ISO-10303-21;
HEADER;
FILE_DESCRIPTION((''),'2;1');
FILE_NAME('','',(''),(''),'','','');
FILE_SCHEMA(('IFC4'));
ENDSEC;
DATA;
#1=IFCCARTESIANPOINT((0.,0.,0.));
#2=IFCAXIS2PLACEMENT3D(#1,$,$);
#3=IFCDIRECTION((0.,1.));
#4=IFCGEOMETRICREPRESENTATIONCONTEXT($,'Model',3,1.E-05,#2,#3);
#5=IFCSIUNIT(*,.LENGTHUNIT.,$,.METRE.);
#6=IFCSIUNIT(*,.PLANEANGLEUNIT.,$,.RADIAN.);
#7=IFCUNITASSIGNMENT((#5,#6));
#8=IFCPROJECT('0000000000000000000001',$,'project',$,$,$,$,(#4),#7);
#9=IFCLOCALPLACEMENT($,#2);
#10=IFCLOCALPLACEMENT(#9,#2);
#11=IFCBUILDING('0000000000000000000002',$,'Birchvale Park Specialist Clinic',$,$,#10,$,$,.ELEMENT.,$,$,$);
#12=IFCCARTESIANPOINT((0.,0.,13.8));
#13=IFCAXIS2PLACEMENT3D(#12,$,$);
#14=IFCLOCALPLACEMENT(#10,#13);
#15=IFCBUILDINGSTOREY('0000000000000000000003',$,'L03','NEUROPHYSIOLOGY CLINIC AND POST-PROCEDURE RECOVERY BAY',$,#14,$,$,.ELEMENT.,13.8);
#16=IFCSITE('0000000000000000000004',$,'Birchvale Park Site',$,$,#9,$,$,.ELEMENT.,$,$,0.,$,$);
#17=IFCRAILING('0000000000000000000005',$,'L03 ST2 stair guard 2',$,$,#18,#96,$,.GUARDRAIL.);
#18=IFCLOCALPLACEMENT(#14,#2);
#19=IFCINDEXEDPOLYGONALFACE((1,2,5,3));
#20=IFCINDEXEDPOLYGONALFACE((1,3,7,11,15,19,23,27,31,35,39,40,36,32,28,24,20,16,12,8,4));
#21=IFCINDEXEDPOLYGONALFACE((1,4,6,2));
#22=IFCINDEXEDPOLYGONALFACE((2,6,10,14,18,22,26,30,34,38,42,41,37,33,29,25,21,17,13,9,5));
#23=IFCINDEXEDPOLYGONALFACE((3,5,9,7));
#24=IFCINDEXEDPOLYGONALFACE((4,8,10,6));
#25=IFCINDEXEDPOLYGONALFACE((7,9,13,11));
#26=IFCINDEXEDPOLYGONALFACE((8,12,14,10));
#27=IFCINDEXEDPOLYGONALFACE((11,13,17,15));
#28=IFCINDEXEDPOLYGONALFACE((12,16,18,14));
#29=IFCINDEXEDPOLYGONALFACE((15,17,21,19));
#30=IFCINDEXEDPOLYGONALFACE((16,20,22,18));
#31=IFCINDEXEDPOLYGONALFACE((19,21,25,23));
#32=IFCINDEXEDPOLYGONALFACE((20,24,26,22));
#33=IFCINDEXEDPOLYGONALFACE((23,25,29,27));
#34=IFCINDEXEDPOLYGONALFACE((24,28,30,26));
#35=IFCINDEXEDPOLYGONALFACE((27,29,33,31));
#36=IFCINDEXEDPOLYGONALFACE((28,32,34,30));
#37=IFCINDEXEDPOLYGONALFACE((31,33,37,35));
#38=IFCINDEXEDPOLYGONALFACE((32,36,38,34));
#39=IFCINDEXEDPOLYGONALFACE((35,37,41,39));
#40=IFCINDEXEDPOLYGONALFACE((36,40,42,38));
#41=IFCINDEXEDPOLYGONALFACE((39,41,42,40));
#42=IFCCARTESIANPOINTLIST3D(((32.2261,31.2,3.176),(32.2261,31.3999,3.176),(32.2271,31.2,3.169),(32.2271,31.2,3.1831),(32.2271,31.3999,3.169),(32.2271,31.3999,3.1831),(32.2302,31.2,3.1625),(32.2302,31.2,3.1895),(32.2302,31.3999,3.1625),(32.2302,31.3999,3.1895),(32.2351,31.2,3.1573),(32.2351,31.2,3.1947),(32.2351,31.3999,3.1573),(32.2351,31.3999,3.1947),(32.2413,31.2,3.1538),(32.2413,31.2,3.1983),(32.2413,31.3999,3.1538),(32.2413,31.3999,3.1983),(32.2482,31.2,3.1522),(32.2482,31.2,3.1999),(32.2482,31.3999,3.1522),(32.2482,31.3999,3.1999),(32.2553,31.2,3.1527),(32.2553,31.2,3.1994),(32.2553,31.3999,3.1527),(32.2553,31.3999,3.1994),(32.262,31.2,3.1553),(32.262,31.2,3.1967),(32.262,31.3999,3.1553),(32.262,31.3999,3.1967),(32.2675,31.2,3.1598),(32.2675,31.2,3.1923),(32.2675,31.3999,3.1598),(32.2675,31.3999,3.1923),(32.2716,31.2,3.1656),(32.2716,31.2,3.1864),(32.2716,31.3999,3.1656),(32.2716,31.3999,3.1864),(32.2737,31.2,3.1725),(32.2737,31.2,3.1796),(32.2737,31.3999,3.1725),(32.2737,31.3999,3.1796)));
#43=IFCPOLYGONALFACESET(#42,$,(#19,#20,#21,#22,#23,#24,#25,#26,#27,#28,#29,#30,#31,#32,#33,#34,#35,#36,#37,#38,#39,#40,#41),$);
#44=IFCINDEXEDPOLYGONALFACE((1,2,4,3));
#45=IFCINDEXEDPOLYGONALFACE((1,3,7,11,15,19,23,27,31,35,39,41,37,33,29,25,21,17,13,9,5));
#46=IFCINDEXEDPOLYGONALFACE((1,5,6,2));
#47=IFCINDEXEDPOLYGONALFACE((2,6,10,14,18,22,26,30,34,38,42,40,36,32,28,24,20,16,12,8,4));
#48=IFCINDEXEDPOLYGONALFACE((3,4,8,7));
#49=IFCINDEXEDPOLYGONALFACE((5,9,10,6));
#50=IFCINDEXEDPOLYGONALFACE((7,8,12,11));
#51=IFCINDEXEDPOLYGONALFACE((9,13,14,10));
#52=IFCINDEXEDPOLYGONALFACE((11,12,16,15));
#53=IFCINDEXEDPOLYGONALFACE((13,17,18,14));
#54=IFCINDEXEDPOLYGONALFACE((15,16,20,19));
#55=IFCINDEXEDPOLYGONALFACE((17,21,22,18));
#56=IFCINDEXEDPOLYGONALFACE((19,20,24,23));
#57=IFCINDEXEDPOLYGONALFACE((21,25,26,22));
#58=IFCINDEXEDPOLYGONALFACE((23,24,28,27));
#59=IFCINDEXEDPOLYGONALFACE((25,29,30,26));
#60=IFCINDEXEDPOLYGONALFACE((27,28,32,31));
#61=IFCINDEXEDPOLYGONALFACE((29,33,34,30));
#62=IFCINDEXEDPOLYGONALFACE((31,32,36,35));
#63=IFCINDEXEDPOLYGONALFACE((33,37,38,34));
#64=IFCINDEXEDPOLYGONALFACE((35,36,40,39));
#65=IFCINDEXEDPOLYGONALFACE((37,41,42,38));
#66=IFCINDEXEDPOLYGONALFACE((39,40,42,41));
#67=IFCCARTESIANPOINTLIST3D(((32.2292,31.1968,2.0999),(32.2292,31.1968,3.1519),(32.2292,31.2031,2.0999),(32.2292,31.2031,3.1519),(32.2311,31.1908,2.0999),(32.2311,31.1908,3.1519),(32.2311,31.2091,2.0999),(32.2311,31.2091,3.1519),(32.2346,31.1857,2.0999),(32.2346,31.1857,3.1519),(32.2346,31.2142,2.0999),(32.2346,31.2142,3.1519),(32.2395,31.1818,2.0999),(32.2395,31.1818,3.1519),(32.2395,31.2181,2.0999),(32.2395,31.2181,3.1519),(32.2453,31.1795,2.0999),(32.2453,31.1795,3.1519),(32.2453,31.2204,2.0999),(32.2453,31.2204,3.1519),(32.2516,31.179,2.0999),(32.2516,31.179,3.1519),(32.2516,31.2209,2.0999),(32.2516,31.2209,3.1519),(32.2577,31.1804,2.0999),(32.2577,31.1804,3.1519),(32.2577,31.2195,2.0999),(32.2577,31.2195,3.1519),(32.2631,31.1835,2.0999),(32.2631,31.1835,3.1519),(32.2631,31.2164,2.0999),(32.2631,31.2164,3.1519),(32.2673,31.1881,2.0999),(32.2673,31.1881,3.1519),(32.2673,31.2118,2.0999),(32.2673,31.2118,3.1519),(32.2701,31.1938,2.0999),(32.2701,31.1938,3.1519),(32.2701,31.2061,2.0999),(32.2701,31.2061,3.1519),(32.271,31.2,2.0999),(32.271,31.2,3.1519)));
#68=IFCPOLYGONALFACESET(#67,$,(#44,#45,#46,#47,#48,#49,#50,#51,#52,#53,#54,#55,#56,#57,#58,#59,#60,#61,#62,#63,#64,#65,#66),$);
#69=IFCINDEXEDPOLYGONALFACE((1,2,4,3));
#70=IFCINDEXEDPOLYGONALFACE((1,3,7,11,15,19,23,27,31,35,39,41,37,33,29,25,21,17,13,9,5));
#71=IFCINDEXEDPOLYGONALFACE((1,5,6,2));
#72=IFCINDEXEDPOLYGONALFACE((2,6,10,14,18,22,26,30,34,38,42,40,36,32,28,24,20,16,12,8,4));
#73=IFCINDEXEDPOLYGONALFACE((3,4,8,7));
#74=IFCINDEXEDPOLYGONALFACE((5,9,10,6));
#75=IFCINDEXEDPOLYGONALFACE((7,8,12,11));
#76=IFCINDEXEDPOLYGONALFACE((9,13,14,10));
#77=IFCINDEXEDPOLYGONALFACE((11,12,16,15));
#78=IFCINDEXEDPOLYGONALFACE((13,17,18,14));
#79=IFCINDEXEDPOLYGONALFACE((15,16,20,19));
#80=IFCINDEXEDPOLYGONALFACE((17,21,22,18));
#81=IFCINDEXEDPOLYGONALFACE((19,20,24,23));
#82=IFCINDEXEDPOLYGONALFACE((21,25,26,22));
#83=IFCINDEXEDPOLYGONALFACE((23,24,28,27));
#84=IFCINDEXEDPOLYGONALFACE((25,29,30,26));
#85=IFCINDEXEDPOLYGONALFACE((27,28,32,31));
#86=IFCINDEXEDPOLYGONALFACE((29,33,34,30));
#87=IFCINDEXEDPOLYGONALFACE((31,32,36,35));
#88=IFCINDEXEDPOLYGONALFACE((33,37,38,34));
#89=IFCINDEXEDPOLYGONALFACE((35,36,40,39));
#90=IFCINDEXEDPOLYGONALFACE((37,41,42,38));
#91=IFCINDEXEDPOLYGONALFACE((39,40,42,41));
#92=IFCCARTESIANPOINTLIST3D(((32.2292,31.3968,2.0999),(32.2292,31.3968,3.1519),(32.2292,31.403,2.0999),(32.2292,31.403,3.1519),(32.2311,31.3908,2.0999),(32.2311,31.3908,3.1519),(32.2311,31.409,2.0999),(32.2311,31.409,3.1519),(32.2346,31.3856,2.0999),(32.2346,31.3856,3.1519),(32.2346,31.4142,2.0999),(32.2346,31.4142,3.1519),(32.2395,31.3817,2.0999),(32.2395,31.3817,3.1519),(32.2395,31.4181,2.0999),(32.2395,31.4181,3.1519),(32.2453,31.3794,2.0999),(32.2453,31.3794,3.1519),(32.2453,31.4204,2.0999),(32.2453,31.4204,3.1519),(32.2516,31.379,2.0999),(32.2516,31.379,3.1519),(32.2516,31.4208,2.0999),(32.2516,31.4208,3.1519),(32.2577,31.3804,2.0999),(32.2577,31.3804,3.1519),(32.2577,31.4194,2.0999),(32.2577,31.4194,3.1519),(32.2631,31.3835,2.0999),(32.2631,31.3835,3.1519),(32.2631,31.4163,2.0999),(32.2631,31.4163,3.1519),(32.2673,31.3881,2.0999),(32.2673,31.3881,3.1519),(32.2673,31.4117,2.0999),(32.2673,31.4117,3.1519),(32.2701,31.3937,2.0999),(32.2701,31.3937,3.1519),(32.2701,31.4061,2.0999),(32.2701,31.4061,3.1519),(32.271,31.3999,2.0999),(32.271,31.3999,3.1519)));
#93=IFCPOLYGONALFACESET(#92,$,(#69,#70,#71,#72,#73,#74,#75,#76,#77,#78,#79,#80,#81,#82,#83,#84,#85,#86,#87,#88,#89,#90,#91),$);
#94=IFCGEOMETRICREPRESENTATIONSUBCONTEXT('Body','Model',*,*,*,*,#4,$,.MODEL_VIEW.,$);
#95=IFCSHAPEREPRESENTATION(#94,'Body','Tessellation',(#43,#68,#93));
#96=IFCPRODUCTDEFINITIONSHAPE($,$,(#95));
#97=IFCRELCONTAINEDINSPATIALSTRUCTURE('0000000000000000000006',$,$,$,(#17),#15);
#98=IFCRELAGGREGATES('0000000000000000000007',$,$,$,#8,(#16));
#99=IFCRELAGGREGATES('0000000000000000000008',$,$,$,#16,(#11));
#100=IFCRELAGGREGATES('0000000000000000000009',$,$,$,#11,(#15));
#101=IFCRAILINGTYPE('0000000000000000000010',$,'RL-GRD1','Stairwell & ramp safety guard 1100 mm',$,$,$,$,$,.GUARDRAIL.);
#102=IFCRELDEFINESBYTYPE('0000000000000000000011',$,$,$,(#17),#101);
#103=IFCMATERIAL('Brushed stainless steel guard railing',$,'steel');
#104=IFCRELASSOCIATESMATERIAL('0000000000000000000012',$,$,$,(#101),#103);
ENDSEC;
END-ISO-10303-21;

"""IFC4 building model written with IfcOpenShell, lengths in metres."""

from ifc_helpers import new_model, si_unit, direction, frame, origin, origin_2d, place, context, subcontext, project, spatial, circle, extrude, material, type_object, element, save


model = new_model("IFC4")

# Units and contexts
model_context = context("Model", 3, precision=1e-05, world=origin(), true_north=direction((0.0, 1.0)))
body_context = subcontext(model_context, "Body", "Model", "MODEL_VIEW")
ifc_project = project(units=[si_unit("LENGTHUNIT", "METRE"), si_unit("PLANEANGLEUNIT", "RADIAN")], contexts=[model_context])

# Site, building, storey
site_placement = place(None, origin())
site = spatial("IfcSite", under=ifc_project, at=site_placement, Name="Birchvale Park Site", CompositionType="ELEMENT", RefElevation=0.0)
building_placement = place(site_placement, origin())
building = spatial("IfcBuilding", under=site, at=building_placement, Name="Birchvale Park Specialist Clinic", CompositionType="ELEMENT")
storey_placement = place(building_placement, frame((0.0, 0.0, 13.8)))
storey = spatial("IfcBuildingStorey", under=building, at=storey_placement, Name="L03", Description="NEUROPHYSIOLOGY CLINIC AND POST-PROCEDURE RECOVERY BAY", CompositionType="ELEMENT", Elevation=13.8)

# Railing
ifc_material_1 = material(Name="Brushed stainless steel guard railing", Category="steel")
railing_type_1 = type_object("IfcRailingType", Name="RL-GRD1", Description="Stairwell & ramp safety guard 1100 mm", PredefinedType="GUARDRAIL", material=ifc_material_1)
railing_1_placement = place(storey_placement, frame((32.25, 31.2, 2.0999)))
element("IfcRailing", 1, at=railing_1_placement, inside=storey, type_object=railing_type_1, Name="L03 ST2 stair guard 2", PredefinedType="GUARDRAIL", context=body_context, shape_type="SweptSolid", body=[
    extrude(circle(Radius=0.0239, at=origin_2d()), frame((0.0, 0.0, 1.0762), z_axis=(0.0, 1.0, 0.0), x_axis=(-1.0, 0.0, 0.0)), (0.0, 0.0, 1.0), 0.2),
    extrude(circle(Radius=0.021, at=origin_2d()), origin(), (0.0, 0.0, 1.0), 1.052),
    extrude(circle(Radius=0.021, at=origin_2d()), frame((0.0, 0.2, 0.0)), (0.0, 0.0, 1.0), 1.052),
])

save(model, "model.ifc")
